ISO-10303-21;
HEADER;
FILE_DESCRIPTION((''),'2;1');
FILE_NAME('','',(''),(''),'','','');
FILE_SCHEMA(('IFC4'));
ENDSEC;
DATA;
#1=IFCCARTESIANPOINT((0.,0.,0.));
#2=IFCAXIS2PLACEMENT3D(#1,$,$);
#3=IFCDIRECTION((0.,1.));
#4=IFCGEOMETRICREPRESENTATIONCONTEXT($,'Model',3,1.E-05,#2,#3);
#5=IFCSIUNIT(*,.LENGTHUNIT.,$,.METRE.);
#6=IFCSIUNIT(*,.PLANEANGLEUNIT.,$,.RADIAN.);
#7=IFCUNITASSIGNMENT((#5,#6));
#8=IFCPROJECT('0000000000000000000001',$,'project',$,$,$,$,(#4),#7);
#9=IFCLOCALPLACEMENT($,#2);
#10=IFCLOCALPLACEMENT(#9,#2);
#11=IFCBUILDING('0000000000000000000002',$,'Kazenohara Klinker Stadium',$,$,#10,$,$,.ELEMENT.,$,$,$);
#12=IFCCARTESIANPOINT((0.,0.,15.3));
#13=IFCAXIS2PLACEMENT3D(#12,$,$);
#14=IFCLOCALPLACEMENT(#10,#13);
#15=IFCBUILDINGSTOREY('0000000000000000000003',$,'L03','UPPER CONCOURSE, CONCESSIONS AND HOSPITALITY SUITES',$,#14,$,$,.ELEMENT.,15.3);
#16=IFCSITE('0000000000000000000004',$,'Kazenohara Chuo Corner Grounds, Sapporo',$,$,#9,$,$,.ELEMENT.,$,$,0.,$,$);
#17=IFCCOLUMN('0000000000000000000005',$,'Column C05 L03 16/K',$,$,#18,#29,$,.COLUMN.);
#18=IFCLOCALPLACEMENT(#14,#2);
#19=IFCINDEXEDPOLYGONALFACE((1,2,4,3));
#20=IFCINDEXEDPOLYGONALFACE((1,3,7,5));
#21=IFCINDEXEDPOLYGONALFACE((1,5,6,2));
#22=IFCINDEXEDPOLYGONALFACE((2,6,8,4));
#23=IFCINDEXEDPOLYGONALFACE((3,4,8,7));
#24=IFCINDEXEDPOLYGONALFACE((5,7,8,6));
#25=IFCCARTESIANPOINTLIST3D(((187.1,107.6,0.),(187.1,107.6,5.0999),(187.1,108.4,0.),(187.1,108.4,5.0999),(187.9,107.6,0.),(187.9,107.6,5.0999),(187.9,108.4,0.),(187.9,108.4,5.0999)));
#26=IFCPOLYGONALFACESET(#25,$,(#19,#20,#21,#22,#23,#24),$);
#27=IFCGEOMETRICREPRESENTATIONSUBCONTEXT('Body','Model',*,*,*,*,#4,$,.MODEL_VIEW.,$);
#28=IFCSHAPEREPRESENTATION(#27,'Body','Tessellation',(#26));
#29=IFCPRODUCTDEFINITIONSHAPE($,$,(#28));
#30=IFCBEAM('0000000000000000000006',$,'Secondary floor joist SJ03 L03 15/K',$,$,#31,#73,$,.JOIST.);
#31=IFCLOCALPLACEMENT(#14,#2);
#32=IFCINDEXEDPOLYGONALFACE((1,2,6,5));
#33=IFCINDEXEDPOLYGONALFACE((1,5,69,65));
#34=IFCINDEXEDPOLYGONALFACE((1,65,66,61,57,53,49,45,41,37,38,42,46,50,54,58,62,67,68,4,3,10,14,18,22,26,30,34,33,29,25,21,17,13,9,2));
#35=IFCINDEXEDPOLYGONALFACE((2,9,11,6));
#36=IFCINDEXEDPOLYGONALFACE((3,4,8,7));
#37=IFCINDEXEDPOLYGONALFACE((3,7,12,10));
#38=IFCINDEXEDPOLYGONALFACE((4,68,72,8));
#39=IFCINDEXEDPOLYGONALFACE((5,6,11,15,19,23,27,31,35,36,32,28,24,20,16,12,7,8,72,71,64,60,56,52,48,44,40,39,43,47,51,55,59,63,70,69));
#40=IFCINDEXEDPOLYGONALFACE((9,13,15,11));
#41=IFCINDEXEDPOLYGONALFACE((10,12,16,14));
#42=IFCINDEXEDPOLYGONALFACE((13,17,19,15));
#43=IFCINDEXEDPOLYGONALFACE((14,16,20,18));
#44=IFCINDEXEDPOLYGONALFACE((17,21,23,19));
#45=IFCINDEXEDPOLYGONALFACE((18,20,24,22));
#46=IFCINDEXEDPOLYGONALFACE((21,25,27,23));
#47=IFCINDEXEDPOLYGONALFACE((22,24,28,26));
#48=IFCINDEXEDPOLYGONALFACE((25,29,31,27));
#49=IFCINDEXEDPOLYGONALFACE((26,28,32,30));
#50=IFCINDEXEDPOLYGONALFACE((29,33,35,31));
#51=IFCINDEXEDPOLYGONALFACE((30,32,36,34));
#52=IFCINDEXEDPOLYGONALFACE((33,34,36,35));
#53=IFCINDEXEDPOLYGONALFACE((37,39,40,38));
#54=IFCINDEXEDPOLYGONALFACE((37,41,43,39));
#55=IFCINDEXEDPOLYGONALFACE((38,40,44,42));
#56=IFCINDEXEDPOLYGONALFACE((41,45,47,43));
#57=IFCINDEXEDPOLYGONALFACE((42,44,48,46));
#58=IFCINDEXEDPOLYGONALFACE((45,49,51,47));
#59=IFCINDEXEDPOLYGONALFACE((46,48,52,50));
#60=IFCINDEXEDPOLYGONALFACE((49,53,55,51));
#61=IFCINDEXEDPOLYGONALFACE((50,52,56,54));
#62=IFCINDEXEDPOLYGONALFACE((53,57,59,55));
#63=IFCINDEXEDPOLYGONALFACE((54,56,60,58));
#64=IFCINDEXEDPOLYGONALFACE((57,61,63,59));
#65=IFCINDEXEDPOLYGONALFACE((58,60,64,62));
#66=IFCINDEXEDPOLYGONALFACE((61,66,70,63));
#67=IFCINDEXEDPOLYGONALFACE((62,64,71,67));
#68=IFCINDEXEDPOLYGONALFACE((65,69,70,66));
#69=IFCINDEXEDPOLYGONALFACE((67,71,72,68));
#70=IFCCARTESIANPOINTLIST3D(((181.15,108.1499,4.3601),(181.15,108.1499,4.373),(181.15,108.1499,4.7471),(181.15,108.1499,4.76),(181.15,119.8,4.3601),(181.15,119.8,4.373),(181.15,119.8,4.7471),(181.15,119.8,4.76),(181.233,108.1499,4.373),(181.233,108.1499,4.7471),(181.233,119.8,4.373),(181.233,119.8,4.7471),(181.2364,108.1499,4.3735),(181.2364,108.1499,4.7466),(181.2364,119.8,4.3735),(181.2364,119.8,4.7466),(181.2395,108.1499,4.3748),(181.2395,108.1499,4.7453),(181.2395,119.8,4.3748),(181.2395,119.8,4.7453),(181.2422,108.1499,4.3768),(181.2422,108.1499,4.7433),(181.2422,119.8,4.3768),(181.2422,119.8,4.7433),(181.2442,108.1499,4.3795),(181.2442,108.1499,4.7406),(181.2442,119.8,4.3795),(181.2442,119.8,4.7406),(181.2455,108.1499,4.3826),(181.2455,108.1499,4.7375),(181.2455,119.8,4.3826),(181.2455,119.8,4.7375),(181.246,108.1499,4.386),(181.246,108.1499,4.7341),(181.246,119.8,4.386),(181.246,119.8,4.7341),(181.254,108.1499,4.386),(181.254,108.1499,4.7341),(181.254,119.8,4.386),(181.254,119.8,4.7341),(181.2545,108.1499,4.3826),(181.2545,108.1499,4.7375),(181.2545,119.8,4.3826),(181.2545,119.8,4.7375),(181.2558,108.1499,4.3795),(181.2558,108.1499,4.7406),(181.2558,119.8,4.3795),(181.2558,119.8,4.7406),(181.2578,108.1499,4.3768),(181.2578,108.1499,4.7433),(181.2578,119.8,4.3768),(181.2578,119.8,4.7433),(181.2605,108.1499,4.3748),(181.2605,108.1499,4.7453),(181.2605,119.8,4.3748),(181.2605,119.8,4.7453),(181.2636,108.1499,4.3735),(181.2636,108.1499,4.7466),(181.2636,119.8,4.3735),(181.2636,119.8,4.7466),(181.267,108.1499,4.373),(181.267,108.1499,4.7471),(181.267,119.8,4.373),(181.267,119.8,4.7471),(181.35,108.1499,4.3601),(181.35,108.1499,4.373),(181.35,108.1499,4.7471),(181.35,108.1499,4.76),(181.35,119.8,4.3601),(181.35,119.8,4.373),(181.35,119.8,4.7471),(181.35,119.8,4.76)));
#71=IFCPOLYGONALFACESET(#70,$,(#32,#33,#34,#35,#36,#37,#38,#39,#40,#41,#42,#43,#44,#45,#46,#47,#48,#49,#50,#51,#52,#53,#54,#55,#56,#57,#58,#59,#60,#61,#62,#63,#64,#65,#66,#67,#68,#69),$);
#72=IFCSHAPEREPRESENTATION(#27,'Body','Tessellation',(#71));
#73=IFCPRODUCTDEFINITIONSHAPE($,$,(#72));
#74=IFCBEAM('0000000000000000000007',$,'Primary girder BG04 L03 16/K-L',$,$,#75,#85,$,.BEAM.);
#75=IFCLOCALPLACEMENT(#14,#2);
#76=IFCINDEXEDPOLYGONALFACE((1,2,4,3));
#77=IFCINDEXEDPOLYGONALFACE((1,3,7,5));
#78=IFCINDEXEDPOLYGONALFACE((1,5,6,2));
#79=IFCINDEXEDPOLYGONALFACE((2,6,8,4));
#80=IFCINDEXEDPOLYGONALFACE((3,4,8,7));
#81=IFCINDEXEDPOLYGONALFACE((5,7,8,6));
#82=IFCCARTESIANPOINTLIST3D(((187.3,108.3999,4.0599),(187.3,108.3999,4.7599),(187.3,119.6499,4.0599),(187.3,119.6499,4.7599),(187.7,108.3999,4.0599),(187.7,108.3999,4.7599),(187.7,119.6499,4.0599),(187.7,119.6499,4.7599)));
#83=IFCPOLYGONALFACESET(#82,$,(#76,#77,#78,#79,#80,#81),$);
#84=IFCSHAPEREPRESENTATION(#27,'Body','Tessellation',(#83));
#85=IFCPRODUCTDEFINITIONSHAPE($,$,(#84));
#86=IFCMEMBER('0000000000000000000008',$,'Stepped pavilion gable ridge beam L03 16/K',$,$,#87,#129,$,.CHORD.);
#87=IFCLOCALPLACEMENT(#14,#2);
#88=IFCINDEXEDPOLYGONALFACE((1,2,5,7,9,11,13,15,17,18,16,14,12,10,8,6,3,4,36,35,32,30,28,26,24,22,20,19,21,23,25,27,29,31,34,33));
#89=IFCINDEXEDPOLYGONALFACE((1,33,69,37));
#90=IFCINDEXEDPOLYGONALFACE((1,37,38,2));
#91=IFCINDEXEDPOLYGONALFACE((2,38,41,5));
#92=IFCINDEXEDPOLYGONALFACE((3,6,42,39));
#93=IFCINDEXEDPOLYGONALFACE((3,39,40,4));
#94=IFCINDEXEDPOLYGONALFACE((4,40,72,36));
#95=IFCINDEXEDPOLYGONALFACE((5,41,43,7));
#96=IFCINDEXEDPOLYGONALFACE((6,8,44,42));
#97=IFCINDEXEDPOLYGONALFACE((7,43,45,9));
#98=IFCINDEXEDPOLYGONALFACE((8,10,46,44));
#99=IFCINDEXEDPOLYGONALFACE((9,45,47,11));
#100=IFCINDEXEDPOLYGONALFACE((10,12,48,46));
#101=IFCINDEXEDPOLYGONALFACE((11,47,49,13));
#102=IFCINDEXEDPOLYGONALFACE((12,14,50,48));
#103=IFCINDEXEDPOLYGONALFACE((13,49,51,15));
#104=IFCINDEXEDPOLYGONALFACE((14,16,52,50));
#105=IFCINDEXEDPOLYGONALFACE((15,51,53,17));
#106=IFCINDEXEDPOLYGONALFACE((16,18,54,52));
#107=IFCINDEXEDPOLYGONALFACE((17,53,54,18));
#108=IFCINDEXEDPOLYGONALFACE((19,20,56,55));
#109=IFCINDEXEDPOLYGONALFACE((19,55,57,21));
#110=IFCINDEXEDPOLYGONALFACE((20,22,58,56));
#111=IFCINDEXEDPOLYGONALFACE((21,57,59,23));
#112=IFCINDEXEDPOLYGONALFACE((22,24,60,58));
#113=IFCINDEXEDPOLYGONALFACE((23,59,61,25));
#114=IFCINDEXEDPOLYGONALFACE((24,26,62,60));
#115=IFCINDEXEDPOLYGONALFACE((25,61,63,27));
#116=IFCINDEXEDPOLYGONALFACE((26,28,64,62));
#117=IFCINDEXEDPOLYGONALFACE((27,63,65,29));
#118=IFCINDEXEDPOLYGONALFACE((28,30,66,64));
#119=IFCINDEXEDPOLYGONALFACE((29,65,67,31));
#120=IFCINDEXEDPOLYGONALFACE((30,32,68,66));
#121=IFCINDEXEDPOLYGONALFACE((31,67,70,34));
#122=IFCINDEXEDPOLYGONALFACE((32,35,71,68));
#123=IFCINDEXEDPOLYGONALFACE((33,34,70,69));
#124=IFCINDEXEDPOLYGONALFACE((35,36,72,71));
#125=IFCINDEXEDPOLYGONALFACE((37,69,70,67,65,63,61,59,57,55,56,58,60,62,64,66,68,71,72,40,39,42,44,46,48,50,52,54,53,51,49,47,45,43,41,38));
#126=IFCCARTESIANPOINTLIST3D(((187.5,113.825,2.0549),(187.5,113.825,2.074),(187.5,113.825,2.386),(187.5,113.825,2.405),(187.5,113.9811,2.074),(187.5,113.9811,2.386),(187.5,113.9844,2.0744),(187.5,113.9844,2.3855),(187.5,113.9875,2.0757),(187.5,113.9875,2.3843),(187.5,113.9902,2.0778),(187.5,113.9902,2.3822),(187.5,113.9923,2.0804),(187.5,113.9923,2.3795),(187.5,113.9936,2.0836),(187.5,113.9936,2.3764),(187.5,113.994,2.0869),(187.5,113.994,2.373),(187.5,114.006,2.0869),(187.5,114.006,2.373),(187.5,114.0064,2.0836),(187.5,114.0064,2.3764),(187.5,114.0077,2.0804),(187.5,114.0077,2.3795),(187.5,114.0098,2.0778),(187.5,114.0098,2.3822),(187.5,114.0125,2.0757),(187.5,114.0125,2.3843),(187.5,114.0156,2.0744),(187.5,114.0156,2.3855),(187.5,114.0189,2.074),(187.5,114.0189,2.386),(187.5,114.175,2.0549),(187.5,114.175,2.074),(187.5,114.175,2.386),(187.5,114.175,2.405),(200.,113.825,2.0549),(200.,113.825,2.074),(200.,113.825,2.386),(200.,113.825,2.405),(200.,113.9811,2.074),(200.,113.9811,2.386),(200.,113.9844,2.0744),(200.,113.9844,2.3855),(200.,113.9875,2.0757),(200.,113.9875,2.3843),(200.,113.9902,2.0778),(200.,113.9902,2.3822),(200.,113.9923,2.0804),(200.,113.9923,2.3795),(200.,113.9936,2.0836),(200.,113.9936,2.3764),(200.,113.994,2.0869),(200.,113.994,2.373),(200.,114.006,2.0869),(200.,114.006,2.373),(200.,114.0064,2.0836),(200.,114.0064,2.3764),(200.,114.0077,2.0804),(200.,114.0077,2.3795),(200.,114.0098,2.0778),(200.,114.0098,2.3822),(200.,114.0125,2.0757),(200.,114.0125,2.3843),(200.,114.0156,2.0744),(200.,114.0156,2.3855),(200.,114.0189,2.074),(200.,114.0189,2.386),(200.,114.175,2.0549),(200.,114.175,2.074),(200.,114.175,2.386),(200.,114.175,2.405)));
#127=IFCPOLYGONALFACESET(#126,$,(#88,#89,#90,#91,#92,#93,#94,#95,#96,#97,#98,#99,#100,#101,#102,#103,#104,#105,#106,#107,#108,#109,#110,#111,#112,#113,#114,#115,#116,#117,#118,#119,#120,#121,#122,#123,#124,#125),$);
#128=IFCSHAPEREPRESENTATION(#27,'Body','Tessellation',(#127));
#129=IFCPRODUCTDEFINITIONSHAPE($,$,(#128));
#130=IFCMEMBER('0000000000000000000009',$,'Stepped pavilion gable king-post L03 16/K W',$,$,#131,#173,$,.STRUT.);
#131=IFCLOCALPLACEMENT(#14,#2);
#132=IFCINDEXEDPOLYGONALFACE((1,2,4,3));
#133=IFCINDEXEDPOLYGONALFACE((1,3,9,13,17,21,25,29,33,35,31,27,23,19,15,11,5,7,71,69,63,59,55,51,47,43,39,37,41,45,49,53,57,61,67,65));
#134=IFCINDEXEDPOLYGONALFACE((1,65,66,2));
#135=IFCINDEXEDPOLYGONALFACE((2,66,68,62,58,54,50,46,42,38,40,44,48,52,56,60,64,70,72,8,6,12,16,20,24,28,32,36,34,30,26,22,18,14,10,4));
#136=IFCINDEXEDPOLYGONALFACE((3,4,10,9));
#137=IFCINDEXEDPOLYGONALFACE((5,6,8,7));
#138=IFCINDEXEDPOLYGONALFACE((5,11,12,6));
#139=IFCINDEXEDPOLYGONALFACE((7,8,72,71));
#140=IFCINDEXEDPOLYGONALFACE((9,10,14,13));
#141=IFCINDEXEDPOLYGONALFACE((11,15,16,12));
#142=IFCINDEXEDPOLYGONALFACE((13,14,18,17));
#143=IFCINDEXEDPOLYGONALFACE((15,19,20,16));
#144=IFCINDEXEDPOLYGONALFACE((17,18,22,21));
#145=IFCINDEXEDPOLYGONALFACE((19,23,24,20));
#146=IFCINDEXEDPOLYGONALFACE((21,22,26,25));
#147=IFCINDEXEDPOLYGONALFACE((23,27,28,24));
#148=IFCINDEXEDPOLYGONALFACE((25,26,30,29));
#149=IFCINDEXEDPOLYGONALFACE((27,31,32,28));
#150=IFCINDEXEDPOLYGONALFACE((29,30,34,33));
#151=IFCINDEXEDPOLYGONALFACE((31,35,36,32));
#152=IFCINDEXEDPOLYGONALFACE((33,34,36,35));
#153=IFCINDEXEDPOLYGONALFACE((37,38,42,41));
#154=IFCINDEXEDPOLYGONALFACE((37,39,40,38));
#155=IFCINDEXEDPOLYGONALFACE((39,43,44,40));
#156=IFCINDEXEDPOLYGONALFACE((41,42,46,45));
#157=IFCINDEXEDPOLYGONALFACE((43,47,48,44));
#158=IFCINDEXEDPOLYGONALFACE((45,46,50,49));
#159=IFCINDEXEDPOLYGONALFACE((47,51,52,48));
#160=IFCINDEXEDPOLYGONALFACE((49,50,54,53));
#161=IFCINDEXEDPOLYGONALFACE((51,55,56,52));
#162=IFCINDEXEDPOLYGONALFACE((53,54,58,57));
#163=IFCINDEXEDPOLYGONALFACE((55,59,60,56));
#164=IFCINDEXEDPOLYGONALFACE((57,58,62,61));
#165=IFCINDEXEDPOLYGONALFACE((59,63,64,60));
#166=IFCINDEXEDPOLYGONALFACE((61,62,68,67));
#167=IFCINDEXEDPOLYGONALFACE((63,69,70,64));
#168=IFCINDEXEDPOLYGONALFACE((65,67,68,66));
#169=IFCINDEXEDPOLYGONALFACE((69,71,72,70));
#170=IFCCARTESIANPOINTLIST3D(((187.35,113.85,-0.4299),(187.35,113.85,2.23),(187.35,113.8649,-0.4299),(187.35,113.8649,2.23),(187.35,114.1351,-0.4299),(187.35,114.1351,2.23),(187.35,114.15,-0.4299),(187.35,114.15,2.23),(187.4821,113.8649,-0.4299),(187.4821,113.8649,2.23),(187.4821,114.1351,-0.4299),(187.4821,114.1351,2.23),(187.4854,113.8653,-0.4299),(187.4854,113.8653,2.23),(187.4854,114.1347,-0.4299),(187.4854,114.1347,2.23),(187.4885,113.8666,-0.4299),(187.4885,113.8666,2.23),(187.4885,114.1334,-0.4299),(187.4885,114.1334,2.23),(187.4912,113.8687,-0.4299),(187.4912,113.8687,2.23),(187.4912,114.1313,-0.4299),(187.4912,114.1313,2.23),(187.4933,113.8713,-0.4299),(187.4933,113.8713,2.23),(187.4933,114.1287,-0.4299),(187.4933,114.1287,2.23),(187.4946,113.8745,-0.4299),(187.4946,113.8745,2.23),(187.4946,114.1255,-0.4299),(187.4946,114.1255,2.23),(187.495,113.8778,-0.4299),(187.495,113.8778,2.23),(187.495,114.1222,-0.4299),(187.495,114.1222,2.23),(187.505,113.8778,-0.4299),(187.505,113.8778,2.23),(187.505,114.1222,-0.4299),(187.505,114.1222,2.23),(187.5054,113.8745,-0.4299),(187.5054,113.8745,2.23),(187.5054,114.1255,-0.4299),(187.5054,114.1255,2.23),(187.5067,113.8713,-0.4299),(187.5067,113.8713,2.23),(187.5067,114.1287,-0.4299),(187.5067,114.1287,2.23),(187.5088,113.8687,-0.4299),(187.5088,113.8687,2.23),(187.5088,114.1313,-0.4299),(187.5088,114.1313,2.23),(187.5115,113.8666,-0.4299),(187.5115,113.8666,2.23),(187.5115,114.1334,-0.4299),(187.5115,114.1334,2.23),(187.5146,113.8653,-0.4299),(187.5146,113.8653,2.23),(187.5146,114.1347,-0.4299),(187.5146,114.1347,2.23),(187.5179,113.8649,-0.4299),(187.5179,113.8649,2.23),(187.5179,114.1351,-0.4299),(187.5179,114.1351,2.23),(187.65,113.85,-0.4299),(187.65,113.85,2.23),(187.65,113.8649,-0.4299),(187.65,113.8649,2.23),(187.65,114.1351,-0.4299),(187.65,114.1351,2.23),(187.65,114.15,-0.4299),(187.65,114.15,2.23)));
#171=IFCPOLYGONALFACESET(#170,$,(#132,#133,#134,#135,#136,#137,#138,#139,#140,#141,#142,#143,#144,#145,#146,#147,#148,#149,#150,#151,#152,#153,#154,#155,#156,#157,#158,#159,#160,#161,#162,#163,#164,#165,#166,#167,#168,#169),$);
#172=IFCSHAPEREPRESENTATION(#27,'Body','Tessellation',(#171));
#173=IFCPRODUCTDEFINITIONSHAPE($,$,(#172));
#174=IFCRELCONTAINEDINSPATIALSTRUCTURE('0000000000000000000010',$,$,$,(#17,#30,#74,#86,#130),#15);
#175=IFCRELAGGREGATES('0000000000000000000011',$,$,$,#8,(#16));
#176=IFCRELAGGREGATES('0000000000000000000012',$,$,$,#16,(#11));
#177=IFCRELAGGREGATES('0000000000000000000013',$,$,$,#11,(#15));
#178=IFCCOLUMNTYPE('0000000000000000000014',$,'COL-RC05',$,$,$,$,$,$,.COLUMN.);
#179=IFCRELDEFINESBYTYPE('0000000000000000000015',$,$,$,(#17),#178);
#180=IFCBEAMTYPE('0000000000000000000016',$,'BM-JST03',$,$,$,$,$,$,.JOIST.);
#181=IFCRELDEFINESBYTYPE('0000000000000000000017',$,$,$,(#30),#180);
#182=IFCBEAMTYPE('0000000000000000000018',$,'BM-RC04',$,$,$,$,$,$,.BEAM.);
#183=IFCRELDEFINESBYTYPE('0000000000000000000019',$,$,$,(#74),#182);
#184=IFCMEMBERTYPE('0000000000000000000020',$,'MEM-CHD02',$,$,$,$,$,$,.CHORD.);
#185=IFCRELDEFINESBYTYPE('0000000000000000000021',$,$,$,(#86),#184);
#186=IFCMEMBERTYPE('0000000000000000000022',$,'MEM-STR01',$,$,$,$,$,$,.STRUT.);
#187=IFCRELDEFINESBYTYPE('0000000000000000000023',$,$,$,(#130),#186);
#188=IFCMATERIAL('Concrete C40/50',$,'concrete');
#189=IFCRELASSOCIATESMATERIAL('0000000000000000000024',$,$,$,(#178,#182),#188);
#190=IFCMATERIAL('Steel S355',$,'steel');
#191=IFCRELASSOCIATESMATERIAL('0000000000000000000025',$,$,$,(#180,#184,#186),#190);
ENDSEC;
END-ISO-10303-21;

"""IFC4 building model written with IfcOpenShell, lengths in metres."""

from ifc_helpers import new_model, si_unit, direction, frame, origin, origin_2d, place, context, subcontext, project, spatial, rectangle, i_section, extrude, material, material_profile, profile_set, type_object, element, save


model = new_model("IFC4")

# Units and contexts
model_context = context("Model", 3, precision=1e-05, world=origin(), true_north=direction((0.0, 1.0)))
body_context = subcontext(model_context, "Body", "Model", "MODEL_VIEW")
ifc_project = project(units=[si_unit("LENGTHUNIT", "METRE"), si_unit("PLANEANGLEUNIT", "RADIAN")], contexts=[model_context])

# Site, building, storey
site_placement = place(None, origin())
site = spatial("IfcSite", under=ifc_project, at=site_placement, Name="Kazenohara Chuo Corner Grounds, Sapporo", CompositionType="ELEMENT", RefElevation=0.0)
building_placement = place(site_placement, origin())
building = spatial("IfcBuilding", under=site, at=building_placement, Name="Kazenohara Klinker Stadium", CompositionType="ELEMENT")
storey_placement = place(building_placement, frame((0.0, 0.0, 15.3)))
storey = spatial("IfcBuildingStorey", under=building, at=storey_placement, Name="L03", Description="UPPER CONCOURSE, CONCESSIONS AND HOSPITALITY SUITES", CompositionType="ELEMENT", Elevation=15.3)

# Column
ifc_material_1 = material(Name="Concrete C40/50", Category="concrete")
ifc_material_profile_1 = material_profile(ifc_material_1, rectangle(XDim=0.8, YDim=0.8, at=origin_2d()), Name="RC-COL-800x800")
ifc_profile_set_1 = profile_set([ifc_material_profile_1], Name="Concrete C40/50")
column_type = type_object("IfcColumnType", Name="COL-RC05", PredefinedType="COLUMN", material=ifc_profile_set_1)
column_placement = place(storey_placement, frame((187.5, 108.0, 0.0), z_axis=(0.0, 0.0, 1.0), x_axis=(1.0, 0.0, 0.0)))
element("IfcColumn", 1, at=column_placement, inside=storey, type_object=column_type, Name="Column C05 L03 16/K", PredefinedType="COLUMN", context=body_context, shape_type="SweptSolid", body=[
    extrude(rectangle(XDim=0.8, YDim=0.8, at=origin_2d()), origin(), (0.0, 0.0, 1.0), 5.0999),
])

# Beams
ifc_material_2 = material(Name="Steel S355", Category="steel")
ifc_material_profile_2 = material_profile(ifc_material_2, i_section(OverallWidth=0.2, OverallDepth=0.3999, WebThickness=0.0081, FlangeThickness=0.0129, FilletRadius=0.0129, at=origin_2d()), Name="H-400x200x8x13")
ifc_profile_set_2 = profile_set([ifc_material_profile_2], Name="Steel S355")
beam_type_1 = type_object("IfcBeamType", Name="BM-JST03", PredefinedType="JOIST", material=ifc_profile_set_2)
beam_1_placement = place(storey_placement, frame((181.25, 108.1499, 4.5601), z_axis=(0.0, 1.0, 0.0), x_axis=(-1.0, 0.0, 0.0)))
element("IfcBeam", 2, at=beam_1_placement, inside=storey, type_object=beam_type_1, Name="Secondary floor joist SJ03 L03 15/K", PredefinedType="JOIST", context=body_context, shape_type="SweptSolid", body=[
    extrude(i_section(OverallWidth=0.2, OverallDepth=0.3999, WebThickness=0.0081, FlangeThickness=0.0129, FilletRadius=0.0129, at=origin_2d()), origin(), (0.0, 0.0, 1.0), 11.6501),
])
ifc_material_profile_3 = material_profile(ifc_material_1, rectangle(XDim=0.3999, YDim=0.7, at=origin_2d()), Name="RC-BM-400x700")
ifc_profile_set_3 = profile_set([ifc_material_profile_3], Name="Concrete C40/50")
beam_type_2 = type_object("IfcBeamType", Name="BM-RC04", PredefinedType="BEAM", material=ifc_profile_set_3)
beam_2_placement = place(storey_placement, frame((187.5, 108.3999, 4.4099), z_axis=(0.0, 1.0, 0.0), x_axis=(-1.0, 0.0, 0.0)))
element("IfcBeam", 3, at=beam_2_placement, inside=storey, type_object=beam_type_2, Name="Primary girder BG04 L03 16/K-L", PredefinedType="BEAM", context=body_context, shape_type="SweptSolid", body=[
    extrude(rectangle(XDim=0.3999, YDim=0.7, at=origin_2d()), origin(), (0.0, 0.0, 1.0), 11.25),
])

# Members
ifc_material_profile_4 = material_profile(ifc_material_2, i_section(OverallWidth=0.3501, OverallDepth=0.3501, WebThickness=0.012, FlangeThickness=0.019, FilletRadius=0.0129, at=origin_2d()), Name="H-350x350x12x19")
ifc_profile_set_4 = profile_set([ifc_material_profile_4], Name="Steel S355")
member_type_1 = type_object("IfcMemberType", Name="MEM-CHD02", PredefinedType="CHORD", material=ifc_profile_set_4)
member_1_placement = place(storey_placement, frame((187.5, 114.0, 2.23), z_axis=(1.0, 0.0, 0.0), x_axis=(0.0, 1.0, 0.0)))
element("IfcMember", 4, at=member_1_placement, inside=storey, type_object=member_type_1, Name="Stepped pavilion gable ridge beam L03 16/K", PredefinedType="CHORD", context=body_context, shape_type="SweptSolid", body=[
    extrude(i_section(OverallWidth=0.3501, OverallDepth=0.3501, WebThickness=0.012, FlangeThickness=0.019, FilletRadius=0.0129, at=origin_2d()), origin(), (0.0, 0.0, 1.0), 12.5),
])
ifc_material_profile_5 = material_profile(ifc_material_2, i_section(OverallWidth=0.3, OverallDepth=0.3, WebThickness=0.01, FlangeThickness=0.0149, FilletRadius=0.0129, at=origin_2d()), Name="H-300x300x10x15")
ifc_profile_set_5 = profile_set([ifc_material_profile_5], Name="Steel S355")
member_type_2 = type_object("IfcMemberType", Name="MEM-STR01", PredefinedType="STRUT", material=ifc_profile_set_5)
member_2_placement = place(storey_placement, frame((187.5, 114.0, -0.4299), z_axis=(0.0, 0.0, 1.0), x_axis=(1.0, 0.0, 0.0)))
element("IfcMember", 5, at=member_2_placement, inside=storey, type_object=member_type_2, Name="Stepped pavilion gable king-post L03 16/K W", PredefinedType="STRUT", context=body_context, shape_type="SweptSolid", body=[
    extrude(i_section(OverallWidth=0.3, OverallDepth=0.3, WebThickness=0.01, FlangeThickness=0.0149, FilletRadius=0.0129, at=origin_2d()), origin(), (0.0, 0.0, 1.0), 2.6599),
])

save(model, "model.ifc")
